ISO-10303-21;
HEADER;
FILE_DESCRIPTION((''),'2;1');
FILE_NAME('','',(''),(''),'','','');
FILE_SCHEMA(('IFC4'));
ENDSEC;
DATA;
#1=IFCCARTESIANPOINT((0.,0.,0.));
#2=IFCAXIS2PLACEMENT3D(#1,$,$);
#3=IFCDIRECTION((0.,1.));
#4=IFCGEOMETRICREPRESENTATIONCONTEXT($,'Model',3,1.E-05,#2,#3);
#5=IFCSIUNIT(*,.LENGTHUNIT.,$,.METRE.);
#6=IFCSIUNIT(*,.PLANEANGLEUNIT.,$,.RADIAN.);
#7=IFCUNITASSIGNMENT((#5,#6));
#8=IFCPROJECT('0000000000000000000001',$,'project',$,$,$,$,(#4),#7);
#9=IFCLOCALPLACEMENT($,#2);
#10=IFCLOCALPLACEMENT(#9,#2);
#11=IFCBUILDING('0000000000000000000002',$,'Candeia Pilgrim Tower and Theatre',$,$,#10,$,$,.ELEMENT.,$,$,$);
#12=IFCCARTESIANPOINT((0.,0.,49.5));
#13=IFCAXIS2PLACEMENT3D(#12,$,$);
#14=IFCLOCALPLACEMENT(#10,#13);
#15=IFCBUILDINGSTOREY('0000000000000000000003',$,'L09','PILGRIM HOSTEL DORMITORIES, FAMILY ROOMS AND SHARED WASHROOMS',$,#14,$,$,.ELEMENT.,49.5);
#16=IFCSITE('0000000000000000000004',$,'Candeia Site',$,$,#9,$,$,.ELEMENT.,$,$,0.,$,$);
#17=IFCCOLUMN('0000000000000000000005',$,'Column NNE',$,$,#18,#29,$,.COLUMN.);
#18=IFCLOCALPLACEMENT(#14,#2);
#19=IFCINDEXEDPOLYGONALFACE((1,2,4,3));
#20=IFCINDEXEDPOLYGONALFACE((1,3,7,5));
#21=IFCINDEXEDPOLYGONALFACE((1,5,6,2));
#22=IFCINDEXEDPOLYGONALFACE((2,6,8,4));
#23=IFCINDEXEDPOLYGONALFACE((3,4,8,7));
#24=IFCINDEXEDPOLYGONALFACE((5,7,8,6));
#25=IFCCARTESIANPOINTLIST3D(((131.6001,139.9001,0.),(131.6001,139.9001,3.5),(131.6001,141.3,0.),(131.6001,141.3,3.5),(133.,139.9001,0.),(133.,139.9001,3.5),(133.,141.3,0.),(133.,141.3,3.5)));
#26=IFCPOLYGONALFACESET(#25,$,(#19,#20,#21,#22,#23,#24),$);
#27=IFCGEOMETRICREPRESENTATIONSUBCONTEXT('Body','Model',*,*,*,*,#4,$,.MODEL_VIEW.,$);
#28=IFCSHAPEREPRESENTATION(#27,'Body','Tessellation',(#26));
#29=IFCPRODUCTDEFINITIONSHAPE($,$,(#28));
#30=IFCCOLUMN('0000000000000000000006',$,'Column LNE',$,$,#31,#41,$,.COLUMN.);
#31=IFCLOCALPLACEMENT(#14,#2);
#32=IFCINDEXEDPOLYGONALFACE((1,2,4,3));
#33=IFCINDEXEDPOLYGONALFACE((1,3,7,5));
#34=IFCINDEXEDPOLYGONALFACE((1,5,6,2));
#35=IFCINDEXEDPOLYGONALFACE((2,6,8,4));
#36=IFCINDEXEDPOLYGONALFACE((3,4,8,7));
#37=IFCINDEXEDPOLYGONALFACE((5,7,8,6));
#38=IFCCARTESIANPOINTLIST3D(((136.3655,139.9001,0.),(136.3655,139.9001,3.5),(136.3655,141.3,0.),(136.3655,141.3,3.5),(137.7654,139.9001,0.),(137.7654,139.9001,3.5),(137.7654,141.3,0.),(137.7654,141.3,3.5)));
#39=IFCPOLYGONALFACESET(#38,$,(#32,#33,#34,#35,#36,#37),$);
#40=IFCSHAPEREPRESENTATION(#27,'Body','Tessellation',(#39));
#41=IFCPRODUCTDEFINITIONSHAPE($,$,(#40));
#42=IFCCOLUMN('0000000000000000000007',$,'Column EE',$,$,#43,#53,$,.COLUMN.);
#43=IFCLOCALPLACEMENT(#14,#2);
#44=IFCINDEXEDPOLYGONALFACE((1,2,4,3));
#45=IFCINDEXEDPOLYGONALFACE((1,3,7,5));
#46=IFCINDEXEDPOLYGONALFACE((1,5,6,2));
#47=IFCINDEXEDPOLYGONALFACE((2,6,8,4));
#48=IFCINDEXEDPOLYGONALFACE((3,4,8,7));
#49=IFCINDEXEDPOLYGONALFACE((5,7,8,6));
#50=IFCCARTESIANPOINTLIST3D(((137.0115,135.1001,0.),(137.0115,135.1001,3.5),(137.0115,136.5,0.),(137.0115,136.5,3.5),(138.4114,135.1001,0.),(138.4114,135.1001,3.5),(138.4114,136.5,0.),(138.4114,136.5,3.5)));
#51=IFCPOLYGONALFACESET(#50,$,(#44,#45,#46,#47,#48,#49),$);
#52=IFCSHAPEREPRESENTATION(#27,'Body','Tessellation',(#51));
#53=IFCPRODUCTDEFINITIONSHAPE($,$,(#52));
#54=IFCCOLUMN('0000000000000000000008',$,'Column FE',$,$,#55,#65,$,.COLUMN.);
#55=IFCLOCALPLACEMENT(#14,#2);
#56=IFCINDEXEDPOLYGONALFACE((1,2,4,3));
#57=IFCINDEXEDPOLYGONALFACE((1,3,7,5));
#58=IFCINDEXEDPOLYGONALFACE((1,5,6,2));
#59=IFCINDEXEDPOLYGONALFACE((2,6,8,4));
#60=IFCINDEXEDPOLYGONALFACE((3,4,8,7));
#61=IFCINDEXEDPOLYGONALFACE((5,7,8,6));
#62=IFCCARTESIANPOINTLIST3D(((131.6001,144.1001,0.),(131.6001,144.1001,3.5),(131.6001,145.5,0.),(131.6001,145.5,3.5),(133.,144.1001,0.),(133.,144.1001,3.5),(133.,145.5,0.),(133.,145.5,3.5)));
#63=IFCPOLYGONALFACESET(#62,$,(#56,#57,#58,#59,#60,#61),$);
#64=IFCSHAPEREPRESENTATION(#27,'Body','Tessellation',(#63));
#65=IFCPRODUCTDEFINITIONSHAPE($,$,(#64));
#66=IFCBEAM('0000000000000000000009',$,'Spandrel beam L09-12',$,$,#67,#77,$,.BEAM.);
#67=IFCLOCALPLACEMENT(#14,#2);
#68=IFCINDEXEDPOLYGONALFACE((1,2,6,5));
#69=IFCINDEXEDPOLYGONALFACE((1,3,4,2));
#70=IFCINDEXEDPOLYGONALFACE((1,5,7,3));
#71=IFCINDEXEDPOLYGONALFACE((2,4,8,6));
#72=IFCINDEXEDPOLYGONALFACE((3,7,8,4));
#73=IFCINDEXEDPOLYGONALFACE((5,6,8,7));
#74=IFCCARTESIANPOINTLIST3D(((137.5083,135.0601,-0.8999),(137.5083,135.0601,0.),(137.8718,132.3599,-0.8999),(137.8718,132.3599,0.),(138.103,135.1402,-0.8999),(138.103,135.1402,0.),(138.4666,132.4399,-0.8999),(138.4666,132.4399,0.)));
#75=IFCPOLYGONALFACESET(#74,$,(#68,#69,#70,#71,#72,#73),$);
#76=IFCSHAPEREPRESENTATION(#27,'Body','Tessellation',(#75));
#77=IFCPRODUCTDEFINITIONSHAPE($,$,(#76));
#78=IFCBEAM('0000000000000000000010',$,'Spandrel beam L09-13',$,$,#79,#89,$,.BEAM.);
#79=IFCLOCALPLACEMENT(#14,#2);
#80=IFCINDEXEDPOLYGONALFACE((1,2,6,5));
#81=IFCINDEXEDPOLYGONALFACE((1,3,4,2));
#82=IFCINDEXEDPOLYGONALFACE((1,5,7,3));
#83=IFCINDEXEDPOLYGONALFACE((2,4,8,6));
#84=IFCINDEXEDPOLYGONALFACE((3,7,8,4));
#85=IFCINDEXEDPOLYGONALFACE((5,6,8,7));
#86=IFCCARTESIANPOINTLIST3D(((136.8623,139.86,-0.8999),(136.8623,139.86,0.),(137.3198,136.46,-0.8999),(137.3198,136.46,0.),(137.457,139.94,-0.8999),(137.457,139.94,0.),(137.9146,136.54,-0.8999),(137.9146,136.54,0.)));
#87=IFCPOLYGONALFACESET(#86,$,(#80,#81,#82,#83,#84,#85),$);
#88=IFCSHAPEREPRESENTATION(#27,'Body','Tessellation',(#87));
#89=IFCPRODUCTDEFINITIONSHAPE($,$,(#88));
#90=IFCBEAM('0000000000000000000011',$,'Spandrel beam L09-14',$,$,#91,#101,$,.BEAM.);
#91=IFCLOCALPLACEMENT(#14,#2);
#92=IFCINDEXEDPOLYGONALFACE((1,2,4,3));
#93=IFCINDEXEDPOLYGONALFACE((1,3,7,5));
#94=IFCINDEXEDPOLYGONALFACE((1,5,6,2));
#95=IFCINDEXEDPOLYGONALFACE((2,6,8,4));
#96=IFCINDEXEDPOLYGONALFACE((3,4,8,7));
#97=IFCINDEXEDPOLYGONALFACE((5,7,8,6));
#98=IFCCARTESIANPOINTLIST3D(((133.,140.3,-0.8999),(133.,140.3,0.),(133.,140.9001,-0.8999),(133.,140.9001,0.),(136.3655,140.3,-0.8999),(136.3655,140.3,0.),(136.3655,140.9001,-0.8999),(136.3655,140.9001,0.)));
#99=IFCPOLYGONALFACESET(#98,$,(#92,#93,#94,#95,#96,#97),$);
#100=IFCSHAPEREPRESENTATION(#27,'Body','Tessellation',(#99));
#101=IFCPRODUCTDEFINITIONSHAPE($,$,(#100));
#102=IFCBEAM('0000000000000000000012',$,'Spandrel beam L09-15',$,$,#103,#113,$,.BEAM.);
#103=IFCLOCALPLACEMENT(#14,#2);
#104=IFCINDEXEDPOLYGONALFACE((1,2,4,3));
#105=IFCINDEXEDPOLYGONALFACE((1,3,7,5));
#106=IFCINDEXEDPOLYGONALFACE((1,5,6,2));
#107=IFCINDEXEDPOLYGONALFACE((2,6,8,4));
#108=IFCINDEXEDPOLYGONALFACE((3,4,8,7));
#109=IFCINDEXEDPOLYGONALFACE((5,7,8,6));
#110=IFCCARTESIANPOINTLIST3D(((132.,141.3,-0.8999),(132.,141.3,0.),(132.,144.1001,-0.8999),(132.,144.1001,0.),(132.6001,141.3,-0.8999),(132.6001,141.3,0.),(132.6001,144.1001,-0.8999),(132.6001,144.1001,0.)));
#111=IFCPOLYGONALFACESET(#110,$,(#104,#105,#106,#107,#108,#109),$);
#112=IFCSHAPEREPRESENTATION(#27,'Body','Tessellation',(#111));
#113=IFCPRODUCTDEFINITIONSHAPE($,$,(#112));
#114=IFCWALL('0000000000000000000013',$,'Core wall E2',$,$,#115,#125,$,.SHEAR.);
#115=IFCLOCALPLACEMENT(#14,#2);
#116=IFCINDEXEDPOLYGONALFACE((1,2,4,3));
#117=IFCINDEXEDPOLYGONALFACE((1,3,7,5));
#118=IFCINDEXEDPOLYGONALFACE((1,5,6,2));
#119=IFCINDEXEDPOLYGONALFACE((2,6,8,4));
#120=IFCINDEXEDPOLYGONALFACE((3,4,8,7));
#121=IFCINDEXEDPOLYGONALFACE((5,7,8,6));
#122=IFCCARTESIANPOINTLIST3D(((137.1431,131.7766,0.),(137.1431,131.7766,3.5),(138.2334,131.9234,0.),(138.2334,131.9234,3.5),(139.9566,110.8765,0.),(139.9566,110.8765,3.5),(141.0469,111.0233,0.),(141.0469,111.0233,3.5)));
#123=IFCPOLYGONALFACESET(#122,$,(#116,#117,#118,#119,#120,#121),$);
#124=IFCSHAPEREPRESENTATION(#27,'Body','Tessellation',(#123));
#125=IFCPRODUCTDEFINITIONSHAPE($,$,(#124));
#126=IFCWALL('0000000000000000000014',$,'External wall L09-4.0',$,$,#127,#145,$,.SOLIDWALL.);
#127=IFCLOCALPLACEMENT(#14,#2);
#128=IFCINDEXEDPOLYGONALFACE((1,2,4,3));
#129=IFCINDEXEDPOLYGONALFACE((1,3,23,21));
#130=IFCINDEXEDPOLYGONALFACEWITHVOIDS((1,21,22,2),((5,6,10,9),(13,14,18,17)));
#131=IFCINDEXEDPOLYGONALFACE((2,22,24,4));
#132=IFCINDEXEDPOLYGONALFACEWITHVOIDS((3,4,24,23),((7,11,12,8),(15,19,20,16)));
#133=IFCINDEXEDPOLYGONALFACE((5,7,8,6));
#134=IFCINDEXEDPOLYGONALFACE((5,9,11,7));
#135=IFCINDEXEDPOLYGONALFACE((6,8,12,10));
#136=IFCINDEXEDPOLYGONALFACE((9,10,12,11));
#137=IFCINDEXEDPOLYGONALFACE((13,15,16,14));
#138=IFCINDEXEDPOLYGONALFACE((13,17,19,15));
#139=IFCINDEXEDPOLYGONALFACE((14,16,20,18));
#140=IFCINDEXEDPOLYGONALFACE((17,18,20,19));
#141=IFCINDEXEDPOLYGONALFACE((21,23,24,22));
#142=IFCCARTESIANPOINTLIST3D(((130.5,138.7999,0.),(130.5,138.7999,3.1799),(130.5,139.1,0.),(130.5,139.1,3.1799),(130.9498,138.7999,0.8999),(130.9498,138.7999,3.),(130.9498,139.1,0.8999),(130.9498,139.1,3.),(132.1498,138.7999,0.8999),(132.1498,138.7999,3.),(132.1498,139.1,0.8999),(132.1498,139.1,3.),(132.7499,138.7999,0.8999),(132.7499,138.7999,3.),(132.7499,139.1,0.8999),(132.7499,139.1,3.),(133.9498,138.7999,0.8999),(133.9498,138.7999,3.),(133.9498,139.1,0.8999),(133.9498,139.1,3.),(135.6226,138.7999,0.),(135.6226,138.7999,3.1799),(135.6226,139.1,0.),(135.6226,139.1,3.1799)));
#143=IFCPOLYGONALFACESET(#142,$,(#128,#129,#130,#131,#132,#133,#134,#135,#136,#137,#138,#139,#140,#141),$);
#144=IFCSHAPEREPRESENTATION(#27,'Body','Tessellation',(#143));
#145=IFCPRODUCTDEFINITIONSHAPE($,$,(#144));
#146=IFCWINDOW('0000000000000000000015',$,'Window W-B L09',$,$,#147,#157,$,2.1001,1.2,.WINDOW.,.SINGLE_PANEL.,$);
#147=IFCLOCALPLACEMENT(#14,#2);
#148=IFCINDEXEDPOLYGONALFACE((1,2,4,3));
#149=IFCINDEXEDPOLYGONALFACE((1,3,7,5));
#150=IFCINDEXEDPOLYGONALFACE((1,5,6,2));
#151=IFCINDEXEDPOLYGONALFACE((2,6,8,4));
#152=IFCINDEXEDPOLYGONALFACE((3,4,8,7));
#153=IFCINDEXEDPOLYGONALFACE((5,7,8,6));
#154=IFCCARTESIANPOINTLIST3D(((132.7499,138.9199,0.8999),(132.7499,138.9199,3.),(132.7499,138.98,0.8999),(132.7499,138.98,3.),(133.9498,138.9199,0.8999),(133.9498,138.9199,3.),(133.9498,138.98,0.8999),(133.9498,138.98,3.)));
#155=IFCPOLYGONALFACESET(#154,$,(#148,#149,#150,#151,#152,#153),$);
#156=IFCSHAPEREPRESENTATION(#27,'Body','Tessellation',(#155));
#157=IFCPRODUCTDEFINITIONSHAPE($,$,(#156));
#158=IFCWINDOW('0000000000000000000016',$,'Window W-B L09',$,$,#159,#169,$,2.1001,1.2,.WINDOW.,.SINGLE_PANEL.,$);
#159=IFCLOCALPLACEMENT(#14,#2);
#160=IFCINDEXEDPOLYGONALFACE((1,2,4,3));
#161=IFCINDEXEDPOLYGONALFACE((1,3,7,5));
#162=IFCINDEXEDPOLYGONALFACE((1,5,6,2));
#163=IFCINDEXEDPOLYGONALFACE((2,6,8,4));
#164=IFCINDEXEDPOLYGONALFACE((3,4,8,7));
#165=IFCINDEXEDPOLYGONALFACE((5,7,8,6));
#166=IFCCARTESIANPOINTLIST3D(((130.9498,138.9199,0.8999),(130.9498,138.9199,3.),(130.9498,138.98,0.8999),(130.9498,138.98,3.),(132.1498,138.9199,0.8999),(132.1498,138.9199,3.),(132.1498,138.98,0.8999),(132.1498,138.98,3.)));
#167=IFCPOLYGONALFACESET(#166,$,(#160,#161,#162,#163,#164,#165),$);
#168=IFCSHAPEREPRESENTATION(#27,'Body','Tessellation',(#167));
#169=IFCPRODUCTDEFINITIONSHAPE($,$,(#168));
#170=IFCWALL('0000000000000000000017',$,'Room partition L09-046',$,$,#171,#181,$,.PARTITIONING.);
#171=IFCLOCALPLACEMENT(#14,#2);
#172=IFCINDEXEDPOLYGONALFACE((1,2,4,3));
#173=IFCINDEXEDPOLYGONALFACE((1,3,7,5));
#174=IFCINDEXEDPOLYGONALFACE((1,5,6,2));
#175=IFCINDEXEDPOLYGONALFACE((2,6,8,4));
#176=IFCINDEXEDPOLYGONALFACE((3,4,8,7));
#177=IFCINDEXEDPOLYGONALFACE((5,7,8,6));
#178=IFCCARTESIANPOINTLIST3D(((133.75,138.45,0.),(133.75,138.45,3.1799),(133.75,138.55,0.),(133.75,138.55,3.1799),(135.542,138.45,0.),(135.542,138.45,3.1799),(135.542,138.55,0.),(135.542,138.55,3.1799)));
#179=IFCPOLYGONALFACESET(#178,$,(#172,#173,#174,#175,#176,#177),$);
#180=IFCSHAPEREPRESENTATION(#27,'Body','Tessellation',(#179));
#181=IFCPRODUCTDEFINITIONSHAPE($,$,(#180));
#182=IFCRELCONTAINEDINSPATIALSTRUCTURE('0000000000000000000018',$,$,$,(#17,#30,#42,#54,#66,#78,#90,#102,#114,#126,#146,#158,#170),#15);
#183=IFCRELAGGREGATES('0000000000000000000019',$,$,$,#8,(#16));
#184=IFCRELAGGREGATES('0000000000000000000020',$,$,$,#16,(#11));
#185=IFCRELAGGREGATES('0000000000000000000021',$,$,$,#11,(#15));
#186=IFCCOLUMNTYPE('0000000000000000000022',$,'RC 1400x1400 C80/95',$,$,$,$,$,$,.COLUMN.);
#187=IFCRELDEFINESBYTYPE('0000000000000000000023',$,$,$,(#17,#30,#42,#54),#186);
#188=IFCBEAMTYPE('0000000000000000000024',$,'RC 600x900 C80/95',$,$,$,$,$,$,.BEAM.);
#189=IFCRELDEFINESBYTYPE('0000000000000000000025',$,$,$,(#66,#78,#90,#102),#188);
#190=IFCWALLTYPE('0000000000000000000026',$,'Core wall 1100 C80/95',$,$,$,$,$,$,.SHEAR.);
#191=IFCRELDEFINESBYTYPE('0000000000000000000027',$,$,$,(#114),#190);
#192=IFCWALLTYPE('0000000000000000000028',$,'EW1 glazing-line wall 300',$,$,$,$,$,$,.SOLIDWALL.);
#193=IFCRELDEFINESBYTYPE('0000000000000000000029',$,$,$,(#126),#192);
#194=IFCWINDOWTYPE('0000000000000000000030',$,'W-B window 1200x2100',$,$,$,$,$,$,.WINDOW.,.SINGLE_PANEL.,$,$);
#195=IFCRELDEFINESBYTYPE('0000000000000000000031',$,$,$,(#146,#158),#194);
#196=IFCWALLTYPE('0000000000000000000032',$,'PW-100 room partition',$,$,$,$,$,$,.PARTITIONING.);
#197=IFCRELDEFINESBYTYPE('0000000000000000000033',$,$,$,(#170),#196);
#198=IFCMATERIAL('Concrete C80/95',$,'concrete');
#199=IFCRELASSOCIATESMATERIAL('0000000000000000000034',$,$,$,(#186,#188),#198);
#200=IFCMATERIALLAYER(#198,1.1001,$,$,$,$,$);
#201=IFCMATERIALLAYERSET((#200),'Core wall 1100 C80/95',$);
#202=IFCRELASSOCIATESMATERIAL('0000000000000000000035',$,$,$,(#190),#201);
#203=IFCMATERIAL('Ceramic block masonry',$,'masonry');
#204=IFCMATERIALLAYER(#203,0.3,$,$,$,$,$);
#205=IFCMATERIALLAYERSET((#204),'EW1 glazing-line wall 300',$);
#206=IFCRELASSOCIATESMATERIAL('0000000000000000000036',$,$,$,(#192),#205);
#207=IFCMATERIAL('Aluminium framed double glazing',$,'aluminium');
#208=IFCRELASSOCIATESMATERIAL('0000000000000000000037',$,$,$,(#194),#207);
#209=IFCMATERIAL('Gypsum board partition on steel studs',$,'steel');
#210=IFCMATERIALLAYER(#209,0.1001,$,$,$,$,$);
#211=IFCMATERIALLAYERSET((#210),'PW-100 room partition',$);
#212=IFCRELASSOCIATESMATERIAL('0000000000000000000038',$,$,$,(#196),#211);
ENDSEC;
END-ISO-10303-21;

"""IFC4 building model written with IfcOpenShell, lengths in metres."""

from ifc_helpers import new_model, si_unit, direction, frame, frame_2d, origin, origin_2d, place, context, subcontext, project, spatial, rectangle, extrude, material, layer, layer_set, material_profile, profile_set, type_object, element, fill, save


model = new_model("IFC4")

# Units and contexts
model_context = context("Model", 3, precision=1e-05, world=origin(), true_north=direction((0.0, 1.0)))
body_context = subcontext(model_context, "Body", "Model", "MODEL_VIEW")
ifc_project = project(units=[si_unit("LENGTHUNIT", "METRE"), si_unit("PLANEANGLEUNIT", "RADIAN")], contexts=[model_context])

# Site, building, storey
site_placement = place(None, origin())
site = spatial("IfcSite", under=ifc_project, at=site_placement, Name="Candeia Site", CompositionType="ELEMENT", RefElevation=0.0)
building_placement = place(site_placement, origin())
building = spatial("IfcBuilding", under=site, at=building_placement, Name="Candeia Pilgrim Tower and Theatre", CompositionType="ELEMENT")
storey_placement = place(building_placement, frame((0.0, 0.0, 49.5)))
storey = spatial("IfcBuildingStorey", under=building, at=storey_placement, Name="L09", Description="PILGRIM HOSTEL DORMITORIES, FAMILY ROOMS AND SHARED WASHROOMS", CompositionType="ELEMENT", Elevation=49.5)

# Columns
ifc_material_1 = material(Name="Concrete C80/95", Category="concrete")
ifc_material_profile_1 = material_profile(ifc_material_1, rectangle(XDim=1.3999, YDim=1.3999, at=origin_2d()))
ifc_profile_set_1 = profile_set([ifc_material_profile_1], Name="Concrete C80/95")
column_type = type_object("IfcColumnType", Name="RC 1400x1400 C80/95", PredefinedType="COLUMN", material=ifc_profile_set_1)
for number, where, z_axis, x_axis, name in (
    (1, (132.3, 140.6001, 0.0), (0.0, 0.0, 1.0), (1.0, 0.0, 0.0), "Column NNE"),
    (2, (137.0654, 140.6001, 0.0), (0.0, 0.0, 1.0), (1.0, 0.0, 0.0), "Column LNE"),
    (3, (137.7114, 135.8, 0.0), (0.0, 0.0, 1.0), (1.0, 0.0, 0.0), "Column EE"),
    (4, (132.3, 144.8, 0.0), (0.0, 0.0, 1.0), (1.0, 0.0, 0.0), "Column FE"),
):
    element("IfcColumn", number, at=place(storey_placement, frame(where, z_axis=z_axis, x_axis=x_axis)), inside=storey, type_object=column_type, Name=name, PredefinedType="COLUMN", context=body_context, shape_type="SweptSolid", body=[
        extrude(rectangle(XDim=1.3999, YDim=1.3999, at=origin_2d()), origin(), (0.0, 0.0, 1.0), 3.5),
    ])

# Beams
ifc_material_profile_2 = material_profile(ifc_material_1, rectangle(XDim=0.6001, YDim=0.8999, at=origin_2d()))
ifc_profile_set_2 = profile_set([ifc_material_profile_2], Name="Concrete C80/95")
beam_type = type_object("IfcBeamType", Name="RC 600x900 C80/95", PredefinedType="BEAM", material=ifc_profile_set_2)
beam_1_placement = place(storey_placement, frame((138.1692, 132.3999, -0.45), z_axis=(-0.133426, 0.991059, 0.0), x_axis=(-0.991059, -0.133426, 0.0)))
element("IfcBeam", 5, at=beam_1_placement, inside=storey, type_object=beam_type, Name="Spandrel beam L09-12", PredefinedType="BEAM", context=body_context, shape_type="SweptSolid", body=[
    extrude(rectangle(XDim=0.6001, YDim=0.8999, at=origin_2d()), origin(), (0.0, 0.0, 1.0), 2.7246),
])
beam_2_placement = place(storey_placement, frame((137.6172, 136.5, -0.45), z_axis=(-0.133366, 0.991067, 0.0), x_axis=(-0.991067, -0.133366, 0.0)))
element("IfcBeam", 6, at=beam_2_placement, inside=storey, type_object=beam_type, Name="Spandrel beam L09-13", PredefinedType="BEAM", context=body_context, shape_type="SweptSolid", body=[
    extrude(rectangle(XDim=0.6001, YDim=0.8999, at=origin_2d()), origin(), (0.0, 0.0, 1.0), 3.4307),
])
beam_3_placement = place(storey_placement, frame((136.3655, 140.6001, -0.45), z_axis=(-1.0, 0.0, 0.0), x_axis=(0.0, -1.0, 0.0)))
element("IfcBeam", 7, at=beam_3_placement, inside=storey, type_object=beam_type, Name="Spandrel beam L09-14", PredefinedType="BEAM", context=body_context, shape_type="SweptSolid", body=[
    extrude(rectangle(XDim=0.6001, YDim=0.8999, at=origin_2d()), origin(), (0.0, 0.0, 1.0), 3.3655),
])
beam_4_placement = place(storey_placement, frame((132.3, 141.3, -0.45), z_axis=(0.0, 1.0, 0.0), x_axis=(-1.0, 0.0, 0.0)))
element("IfcBeam", 8, at=beam_4_placement, inside=storey, type_object=beam_type, Name="Spandrel beam L09-15", PredefinedType="BEAM", context=body_context, shape_type="SweptSolid", body=[
    extrude(rectangle(XDim=0.6001, YDim=0.8999, at=origin_2d()), origin(), (0.0, 0.0, 1.0), 2.8),
])

# Wall
ifc_layer_1 = layer(ifc_material_1, 1.1001)
ifc_layer_set_1 = layer_set([ifc_layer_1], Name="Core wall 1100 C80/95")
wall_type_1 = type_object("IfcWallType", Name="Core wall 1100 C80/95", PredefinedType="SHEAR", material=ifc_layer_set_1)
wall_1_placement = place(storey_placement, frame((137.6882, 131.8501, 0.0), z_axis=(0.0, 0.0, 1.0), x_axis=(0.133412, -0.991061, 0.0)))
element("IfcWall", 9, at=wall_1_placement, inside=storey, type_object=wall_type_1, Name="Core wall E2", PredefinedType="SHEAR", context=body_context, shape_type="SweptSolid", body=[
    extrude(rectangle(XDim=21.0886, YDim=1.1001, at=frame_2d((10.5444, 0.0))), origin(), (0.0, 0.0, 1.0), 3.5),
])

# Shared definitions
ifc_material_2 = material(Name="Ceramic block masonry", Category="masonry")
ifc_layer_2 = layer(ifc_material_2, 0.3)
ifc_layer_set_2 = layer_set([ifc_layer_2], Name="EW1 glazing-line wall 300")
wall_type_2 = type_object("IfcWallType", Name="EW1 glazing-line wall 300", PredefinedType="SOLIDWALL", material=ifc_layer_set_2)
ifc_material_3 = material(Name="Aluminium framed double glazing", Category="aluminium")
window_type = type_object("IfcWindowType", Name="W-B window 1200x2100", PartitioningType="SINGLE_PANEL", PredefinedType="WINDOW", material=ifc_material_3)

# Wall, openings, windows
wall_2_placement = place(storey_placement, frame((135.6226, 138.95, 0.0), z_axis=(0.0, 0.0, 1.0), x_axis=(-1.0, 0.0, 0.0)))
wall_2 = element("IfcWall", 10, at=wall_2_placement, inside=storey, type_object=wall_type_2, Name="External wall L09-4.0", PredefinedType="SOLIDWALL", context=body_context, shape_type="SweptSolid", body=[
    extrude(rectangle(XDim=5.1226, YDim=0.3, at=frame_2d((2.5613, 0.0))), origin(), (0.0, 0.0, 1.0), 3.1799),
])
opening_1_placement = place(wall_2_placement, frame((1.6726, 0.0, 0.8999)))
opening_1 = element("IfcOpeningElement", 11, at=opening_1_placement, cuts=wall_2, PredefinedType="OPENING", context=body_context, shape_type="SweptSolid", body=[
    extrude(rectangle(XDim=1.2, YDim=2.1001, at=frame_2d((0.6001, 1.05))), frame((0.0, 0.1602, 0.0), z_axis=(0.0, -1.0, 0.0), x_axis=(1.0, 0.0, 0.0)), (0.0, 0.0, 1.0), 0.3201),
])
opening_2_placement = place(wall_2_placement, frame((3.4727, 0.0, 0.8999)))
opening_2 = element("IfcOpeningElement", 12, at=opening_2_placement, cuts=wall_2, PredefinedType="OPENING", context=body_context, shape_type="SweptSolid", body=[
    extrude(rectangle(XDim=1.2, YDim=2.1001, at=frame_2d((0.6001, 1.05))), frame((0.0, 0.1602, 0.0), z_axis=(0.0, -1.0, 0.0), x_axis=(1.0, 0.0, 0.0)), (0.0, 0.0, 1.0), 0.3201),
])
window_1_placement = place(opening_1_placement, origin())
window_1 = element("IfcWindow", 13, at=window_1_placement, inside=storey, type_object=window_type, Name="Window W-B L09", OverallHeight=2.1001, OverallWidth=1.2, PartitioningType="SINGLE_PANEL", PredefinedType="WINDOW", context=body_context, shape_type="SweptSolid", body=[
    extrude(rectangle(XDim=1.2, YDim=2.1001, at=frame_2d((0.6001, 1.05))), frame((0.0, 0.03, 0.0), z_axis=(0.0, -1.0, 0.0), x_axis=(1.0, 0.0, 0.0)), (0.0, 0.0, 1.0), 0.0601),
])
fill(opening_1, window_1)
window_2_placement = place(opening_2_placement, origin())
window_2 = element("IfcWindow", 14, at=window_2_placement, inside=storey, type_object=window_type, Name="Window W-B L09", OverallHeight=2.1001, OverallWidth=1.2, PartitioningType="SINGLE_PANEL", PredefinedType="WINDOW", context=body_context, shape_type="SweptSolid", body=[
    extrude(rectangle(XDim=1.2, YDim=2.1001, at=frame_2d((0.6001, 1.05))), frame((0.0, 0.03, 0.0), z_axis=(0.0, -1.0, 0.0), x_axis=(1.0, 0.0, 0.0)), (0.0, 0.0, 1.0), 0.0601),
])
fill(opening_2, window_2)

# Wall
ifc_material_4 = material(Name="Gypsum board partition on steel studs", Category="steel")
ifc_layer_3 = layer(ifc_material_4, 0.1001)
ifc_layer_set_3 = layer_set([ifc_layer_3], Name="PW-100 room partition")
wall_type_3 = type_object("IfcWallType", Name="PW-100 room partition", PredefinedType="PARTITIONING", material=ifc_layer_set_3)
wall_3_placement = place(storey_placement, frame((133.75, 138.5, 0.0), z_axis=(0.0, 0.0, 1.0), x_axis=(1.0, 0.0, 0.0)))
element("IfcWall", 15, at=wall_3_placement, inside=storey, type_object=wall_type_3, Name="Room partition L09-046", PredefinedType="PARTITIONING", context=body_context, shape_type="SweptSolid", body=[
    extrude(rectangle(XDim=1.792, YDim=0.1001, at=frame_2d((0.896, 0.0))), origin(), (0.0, 0.0, 1.0), 3.1799),
])

save(model, "model.ifc")
